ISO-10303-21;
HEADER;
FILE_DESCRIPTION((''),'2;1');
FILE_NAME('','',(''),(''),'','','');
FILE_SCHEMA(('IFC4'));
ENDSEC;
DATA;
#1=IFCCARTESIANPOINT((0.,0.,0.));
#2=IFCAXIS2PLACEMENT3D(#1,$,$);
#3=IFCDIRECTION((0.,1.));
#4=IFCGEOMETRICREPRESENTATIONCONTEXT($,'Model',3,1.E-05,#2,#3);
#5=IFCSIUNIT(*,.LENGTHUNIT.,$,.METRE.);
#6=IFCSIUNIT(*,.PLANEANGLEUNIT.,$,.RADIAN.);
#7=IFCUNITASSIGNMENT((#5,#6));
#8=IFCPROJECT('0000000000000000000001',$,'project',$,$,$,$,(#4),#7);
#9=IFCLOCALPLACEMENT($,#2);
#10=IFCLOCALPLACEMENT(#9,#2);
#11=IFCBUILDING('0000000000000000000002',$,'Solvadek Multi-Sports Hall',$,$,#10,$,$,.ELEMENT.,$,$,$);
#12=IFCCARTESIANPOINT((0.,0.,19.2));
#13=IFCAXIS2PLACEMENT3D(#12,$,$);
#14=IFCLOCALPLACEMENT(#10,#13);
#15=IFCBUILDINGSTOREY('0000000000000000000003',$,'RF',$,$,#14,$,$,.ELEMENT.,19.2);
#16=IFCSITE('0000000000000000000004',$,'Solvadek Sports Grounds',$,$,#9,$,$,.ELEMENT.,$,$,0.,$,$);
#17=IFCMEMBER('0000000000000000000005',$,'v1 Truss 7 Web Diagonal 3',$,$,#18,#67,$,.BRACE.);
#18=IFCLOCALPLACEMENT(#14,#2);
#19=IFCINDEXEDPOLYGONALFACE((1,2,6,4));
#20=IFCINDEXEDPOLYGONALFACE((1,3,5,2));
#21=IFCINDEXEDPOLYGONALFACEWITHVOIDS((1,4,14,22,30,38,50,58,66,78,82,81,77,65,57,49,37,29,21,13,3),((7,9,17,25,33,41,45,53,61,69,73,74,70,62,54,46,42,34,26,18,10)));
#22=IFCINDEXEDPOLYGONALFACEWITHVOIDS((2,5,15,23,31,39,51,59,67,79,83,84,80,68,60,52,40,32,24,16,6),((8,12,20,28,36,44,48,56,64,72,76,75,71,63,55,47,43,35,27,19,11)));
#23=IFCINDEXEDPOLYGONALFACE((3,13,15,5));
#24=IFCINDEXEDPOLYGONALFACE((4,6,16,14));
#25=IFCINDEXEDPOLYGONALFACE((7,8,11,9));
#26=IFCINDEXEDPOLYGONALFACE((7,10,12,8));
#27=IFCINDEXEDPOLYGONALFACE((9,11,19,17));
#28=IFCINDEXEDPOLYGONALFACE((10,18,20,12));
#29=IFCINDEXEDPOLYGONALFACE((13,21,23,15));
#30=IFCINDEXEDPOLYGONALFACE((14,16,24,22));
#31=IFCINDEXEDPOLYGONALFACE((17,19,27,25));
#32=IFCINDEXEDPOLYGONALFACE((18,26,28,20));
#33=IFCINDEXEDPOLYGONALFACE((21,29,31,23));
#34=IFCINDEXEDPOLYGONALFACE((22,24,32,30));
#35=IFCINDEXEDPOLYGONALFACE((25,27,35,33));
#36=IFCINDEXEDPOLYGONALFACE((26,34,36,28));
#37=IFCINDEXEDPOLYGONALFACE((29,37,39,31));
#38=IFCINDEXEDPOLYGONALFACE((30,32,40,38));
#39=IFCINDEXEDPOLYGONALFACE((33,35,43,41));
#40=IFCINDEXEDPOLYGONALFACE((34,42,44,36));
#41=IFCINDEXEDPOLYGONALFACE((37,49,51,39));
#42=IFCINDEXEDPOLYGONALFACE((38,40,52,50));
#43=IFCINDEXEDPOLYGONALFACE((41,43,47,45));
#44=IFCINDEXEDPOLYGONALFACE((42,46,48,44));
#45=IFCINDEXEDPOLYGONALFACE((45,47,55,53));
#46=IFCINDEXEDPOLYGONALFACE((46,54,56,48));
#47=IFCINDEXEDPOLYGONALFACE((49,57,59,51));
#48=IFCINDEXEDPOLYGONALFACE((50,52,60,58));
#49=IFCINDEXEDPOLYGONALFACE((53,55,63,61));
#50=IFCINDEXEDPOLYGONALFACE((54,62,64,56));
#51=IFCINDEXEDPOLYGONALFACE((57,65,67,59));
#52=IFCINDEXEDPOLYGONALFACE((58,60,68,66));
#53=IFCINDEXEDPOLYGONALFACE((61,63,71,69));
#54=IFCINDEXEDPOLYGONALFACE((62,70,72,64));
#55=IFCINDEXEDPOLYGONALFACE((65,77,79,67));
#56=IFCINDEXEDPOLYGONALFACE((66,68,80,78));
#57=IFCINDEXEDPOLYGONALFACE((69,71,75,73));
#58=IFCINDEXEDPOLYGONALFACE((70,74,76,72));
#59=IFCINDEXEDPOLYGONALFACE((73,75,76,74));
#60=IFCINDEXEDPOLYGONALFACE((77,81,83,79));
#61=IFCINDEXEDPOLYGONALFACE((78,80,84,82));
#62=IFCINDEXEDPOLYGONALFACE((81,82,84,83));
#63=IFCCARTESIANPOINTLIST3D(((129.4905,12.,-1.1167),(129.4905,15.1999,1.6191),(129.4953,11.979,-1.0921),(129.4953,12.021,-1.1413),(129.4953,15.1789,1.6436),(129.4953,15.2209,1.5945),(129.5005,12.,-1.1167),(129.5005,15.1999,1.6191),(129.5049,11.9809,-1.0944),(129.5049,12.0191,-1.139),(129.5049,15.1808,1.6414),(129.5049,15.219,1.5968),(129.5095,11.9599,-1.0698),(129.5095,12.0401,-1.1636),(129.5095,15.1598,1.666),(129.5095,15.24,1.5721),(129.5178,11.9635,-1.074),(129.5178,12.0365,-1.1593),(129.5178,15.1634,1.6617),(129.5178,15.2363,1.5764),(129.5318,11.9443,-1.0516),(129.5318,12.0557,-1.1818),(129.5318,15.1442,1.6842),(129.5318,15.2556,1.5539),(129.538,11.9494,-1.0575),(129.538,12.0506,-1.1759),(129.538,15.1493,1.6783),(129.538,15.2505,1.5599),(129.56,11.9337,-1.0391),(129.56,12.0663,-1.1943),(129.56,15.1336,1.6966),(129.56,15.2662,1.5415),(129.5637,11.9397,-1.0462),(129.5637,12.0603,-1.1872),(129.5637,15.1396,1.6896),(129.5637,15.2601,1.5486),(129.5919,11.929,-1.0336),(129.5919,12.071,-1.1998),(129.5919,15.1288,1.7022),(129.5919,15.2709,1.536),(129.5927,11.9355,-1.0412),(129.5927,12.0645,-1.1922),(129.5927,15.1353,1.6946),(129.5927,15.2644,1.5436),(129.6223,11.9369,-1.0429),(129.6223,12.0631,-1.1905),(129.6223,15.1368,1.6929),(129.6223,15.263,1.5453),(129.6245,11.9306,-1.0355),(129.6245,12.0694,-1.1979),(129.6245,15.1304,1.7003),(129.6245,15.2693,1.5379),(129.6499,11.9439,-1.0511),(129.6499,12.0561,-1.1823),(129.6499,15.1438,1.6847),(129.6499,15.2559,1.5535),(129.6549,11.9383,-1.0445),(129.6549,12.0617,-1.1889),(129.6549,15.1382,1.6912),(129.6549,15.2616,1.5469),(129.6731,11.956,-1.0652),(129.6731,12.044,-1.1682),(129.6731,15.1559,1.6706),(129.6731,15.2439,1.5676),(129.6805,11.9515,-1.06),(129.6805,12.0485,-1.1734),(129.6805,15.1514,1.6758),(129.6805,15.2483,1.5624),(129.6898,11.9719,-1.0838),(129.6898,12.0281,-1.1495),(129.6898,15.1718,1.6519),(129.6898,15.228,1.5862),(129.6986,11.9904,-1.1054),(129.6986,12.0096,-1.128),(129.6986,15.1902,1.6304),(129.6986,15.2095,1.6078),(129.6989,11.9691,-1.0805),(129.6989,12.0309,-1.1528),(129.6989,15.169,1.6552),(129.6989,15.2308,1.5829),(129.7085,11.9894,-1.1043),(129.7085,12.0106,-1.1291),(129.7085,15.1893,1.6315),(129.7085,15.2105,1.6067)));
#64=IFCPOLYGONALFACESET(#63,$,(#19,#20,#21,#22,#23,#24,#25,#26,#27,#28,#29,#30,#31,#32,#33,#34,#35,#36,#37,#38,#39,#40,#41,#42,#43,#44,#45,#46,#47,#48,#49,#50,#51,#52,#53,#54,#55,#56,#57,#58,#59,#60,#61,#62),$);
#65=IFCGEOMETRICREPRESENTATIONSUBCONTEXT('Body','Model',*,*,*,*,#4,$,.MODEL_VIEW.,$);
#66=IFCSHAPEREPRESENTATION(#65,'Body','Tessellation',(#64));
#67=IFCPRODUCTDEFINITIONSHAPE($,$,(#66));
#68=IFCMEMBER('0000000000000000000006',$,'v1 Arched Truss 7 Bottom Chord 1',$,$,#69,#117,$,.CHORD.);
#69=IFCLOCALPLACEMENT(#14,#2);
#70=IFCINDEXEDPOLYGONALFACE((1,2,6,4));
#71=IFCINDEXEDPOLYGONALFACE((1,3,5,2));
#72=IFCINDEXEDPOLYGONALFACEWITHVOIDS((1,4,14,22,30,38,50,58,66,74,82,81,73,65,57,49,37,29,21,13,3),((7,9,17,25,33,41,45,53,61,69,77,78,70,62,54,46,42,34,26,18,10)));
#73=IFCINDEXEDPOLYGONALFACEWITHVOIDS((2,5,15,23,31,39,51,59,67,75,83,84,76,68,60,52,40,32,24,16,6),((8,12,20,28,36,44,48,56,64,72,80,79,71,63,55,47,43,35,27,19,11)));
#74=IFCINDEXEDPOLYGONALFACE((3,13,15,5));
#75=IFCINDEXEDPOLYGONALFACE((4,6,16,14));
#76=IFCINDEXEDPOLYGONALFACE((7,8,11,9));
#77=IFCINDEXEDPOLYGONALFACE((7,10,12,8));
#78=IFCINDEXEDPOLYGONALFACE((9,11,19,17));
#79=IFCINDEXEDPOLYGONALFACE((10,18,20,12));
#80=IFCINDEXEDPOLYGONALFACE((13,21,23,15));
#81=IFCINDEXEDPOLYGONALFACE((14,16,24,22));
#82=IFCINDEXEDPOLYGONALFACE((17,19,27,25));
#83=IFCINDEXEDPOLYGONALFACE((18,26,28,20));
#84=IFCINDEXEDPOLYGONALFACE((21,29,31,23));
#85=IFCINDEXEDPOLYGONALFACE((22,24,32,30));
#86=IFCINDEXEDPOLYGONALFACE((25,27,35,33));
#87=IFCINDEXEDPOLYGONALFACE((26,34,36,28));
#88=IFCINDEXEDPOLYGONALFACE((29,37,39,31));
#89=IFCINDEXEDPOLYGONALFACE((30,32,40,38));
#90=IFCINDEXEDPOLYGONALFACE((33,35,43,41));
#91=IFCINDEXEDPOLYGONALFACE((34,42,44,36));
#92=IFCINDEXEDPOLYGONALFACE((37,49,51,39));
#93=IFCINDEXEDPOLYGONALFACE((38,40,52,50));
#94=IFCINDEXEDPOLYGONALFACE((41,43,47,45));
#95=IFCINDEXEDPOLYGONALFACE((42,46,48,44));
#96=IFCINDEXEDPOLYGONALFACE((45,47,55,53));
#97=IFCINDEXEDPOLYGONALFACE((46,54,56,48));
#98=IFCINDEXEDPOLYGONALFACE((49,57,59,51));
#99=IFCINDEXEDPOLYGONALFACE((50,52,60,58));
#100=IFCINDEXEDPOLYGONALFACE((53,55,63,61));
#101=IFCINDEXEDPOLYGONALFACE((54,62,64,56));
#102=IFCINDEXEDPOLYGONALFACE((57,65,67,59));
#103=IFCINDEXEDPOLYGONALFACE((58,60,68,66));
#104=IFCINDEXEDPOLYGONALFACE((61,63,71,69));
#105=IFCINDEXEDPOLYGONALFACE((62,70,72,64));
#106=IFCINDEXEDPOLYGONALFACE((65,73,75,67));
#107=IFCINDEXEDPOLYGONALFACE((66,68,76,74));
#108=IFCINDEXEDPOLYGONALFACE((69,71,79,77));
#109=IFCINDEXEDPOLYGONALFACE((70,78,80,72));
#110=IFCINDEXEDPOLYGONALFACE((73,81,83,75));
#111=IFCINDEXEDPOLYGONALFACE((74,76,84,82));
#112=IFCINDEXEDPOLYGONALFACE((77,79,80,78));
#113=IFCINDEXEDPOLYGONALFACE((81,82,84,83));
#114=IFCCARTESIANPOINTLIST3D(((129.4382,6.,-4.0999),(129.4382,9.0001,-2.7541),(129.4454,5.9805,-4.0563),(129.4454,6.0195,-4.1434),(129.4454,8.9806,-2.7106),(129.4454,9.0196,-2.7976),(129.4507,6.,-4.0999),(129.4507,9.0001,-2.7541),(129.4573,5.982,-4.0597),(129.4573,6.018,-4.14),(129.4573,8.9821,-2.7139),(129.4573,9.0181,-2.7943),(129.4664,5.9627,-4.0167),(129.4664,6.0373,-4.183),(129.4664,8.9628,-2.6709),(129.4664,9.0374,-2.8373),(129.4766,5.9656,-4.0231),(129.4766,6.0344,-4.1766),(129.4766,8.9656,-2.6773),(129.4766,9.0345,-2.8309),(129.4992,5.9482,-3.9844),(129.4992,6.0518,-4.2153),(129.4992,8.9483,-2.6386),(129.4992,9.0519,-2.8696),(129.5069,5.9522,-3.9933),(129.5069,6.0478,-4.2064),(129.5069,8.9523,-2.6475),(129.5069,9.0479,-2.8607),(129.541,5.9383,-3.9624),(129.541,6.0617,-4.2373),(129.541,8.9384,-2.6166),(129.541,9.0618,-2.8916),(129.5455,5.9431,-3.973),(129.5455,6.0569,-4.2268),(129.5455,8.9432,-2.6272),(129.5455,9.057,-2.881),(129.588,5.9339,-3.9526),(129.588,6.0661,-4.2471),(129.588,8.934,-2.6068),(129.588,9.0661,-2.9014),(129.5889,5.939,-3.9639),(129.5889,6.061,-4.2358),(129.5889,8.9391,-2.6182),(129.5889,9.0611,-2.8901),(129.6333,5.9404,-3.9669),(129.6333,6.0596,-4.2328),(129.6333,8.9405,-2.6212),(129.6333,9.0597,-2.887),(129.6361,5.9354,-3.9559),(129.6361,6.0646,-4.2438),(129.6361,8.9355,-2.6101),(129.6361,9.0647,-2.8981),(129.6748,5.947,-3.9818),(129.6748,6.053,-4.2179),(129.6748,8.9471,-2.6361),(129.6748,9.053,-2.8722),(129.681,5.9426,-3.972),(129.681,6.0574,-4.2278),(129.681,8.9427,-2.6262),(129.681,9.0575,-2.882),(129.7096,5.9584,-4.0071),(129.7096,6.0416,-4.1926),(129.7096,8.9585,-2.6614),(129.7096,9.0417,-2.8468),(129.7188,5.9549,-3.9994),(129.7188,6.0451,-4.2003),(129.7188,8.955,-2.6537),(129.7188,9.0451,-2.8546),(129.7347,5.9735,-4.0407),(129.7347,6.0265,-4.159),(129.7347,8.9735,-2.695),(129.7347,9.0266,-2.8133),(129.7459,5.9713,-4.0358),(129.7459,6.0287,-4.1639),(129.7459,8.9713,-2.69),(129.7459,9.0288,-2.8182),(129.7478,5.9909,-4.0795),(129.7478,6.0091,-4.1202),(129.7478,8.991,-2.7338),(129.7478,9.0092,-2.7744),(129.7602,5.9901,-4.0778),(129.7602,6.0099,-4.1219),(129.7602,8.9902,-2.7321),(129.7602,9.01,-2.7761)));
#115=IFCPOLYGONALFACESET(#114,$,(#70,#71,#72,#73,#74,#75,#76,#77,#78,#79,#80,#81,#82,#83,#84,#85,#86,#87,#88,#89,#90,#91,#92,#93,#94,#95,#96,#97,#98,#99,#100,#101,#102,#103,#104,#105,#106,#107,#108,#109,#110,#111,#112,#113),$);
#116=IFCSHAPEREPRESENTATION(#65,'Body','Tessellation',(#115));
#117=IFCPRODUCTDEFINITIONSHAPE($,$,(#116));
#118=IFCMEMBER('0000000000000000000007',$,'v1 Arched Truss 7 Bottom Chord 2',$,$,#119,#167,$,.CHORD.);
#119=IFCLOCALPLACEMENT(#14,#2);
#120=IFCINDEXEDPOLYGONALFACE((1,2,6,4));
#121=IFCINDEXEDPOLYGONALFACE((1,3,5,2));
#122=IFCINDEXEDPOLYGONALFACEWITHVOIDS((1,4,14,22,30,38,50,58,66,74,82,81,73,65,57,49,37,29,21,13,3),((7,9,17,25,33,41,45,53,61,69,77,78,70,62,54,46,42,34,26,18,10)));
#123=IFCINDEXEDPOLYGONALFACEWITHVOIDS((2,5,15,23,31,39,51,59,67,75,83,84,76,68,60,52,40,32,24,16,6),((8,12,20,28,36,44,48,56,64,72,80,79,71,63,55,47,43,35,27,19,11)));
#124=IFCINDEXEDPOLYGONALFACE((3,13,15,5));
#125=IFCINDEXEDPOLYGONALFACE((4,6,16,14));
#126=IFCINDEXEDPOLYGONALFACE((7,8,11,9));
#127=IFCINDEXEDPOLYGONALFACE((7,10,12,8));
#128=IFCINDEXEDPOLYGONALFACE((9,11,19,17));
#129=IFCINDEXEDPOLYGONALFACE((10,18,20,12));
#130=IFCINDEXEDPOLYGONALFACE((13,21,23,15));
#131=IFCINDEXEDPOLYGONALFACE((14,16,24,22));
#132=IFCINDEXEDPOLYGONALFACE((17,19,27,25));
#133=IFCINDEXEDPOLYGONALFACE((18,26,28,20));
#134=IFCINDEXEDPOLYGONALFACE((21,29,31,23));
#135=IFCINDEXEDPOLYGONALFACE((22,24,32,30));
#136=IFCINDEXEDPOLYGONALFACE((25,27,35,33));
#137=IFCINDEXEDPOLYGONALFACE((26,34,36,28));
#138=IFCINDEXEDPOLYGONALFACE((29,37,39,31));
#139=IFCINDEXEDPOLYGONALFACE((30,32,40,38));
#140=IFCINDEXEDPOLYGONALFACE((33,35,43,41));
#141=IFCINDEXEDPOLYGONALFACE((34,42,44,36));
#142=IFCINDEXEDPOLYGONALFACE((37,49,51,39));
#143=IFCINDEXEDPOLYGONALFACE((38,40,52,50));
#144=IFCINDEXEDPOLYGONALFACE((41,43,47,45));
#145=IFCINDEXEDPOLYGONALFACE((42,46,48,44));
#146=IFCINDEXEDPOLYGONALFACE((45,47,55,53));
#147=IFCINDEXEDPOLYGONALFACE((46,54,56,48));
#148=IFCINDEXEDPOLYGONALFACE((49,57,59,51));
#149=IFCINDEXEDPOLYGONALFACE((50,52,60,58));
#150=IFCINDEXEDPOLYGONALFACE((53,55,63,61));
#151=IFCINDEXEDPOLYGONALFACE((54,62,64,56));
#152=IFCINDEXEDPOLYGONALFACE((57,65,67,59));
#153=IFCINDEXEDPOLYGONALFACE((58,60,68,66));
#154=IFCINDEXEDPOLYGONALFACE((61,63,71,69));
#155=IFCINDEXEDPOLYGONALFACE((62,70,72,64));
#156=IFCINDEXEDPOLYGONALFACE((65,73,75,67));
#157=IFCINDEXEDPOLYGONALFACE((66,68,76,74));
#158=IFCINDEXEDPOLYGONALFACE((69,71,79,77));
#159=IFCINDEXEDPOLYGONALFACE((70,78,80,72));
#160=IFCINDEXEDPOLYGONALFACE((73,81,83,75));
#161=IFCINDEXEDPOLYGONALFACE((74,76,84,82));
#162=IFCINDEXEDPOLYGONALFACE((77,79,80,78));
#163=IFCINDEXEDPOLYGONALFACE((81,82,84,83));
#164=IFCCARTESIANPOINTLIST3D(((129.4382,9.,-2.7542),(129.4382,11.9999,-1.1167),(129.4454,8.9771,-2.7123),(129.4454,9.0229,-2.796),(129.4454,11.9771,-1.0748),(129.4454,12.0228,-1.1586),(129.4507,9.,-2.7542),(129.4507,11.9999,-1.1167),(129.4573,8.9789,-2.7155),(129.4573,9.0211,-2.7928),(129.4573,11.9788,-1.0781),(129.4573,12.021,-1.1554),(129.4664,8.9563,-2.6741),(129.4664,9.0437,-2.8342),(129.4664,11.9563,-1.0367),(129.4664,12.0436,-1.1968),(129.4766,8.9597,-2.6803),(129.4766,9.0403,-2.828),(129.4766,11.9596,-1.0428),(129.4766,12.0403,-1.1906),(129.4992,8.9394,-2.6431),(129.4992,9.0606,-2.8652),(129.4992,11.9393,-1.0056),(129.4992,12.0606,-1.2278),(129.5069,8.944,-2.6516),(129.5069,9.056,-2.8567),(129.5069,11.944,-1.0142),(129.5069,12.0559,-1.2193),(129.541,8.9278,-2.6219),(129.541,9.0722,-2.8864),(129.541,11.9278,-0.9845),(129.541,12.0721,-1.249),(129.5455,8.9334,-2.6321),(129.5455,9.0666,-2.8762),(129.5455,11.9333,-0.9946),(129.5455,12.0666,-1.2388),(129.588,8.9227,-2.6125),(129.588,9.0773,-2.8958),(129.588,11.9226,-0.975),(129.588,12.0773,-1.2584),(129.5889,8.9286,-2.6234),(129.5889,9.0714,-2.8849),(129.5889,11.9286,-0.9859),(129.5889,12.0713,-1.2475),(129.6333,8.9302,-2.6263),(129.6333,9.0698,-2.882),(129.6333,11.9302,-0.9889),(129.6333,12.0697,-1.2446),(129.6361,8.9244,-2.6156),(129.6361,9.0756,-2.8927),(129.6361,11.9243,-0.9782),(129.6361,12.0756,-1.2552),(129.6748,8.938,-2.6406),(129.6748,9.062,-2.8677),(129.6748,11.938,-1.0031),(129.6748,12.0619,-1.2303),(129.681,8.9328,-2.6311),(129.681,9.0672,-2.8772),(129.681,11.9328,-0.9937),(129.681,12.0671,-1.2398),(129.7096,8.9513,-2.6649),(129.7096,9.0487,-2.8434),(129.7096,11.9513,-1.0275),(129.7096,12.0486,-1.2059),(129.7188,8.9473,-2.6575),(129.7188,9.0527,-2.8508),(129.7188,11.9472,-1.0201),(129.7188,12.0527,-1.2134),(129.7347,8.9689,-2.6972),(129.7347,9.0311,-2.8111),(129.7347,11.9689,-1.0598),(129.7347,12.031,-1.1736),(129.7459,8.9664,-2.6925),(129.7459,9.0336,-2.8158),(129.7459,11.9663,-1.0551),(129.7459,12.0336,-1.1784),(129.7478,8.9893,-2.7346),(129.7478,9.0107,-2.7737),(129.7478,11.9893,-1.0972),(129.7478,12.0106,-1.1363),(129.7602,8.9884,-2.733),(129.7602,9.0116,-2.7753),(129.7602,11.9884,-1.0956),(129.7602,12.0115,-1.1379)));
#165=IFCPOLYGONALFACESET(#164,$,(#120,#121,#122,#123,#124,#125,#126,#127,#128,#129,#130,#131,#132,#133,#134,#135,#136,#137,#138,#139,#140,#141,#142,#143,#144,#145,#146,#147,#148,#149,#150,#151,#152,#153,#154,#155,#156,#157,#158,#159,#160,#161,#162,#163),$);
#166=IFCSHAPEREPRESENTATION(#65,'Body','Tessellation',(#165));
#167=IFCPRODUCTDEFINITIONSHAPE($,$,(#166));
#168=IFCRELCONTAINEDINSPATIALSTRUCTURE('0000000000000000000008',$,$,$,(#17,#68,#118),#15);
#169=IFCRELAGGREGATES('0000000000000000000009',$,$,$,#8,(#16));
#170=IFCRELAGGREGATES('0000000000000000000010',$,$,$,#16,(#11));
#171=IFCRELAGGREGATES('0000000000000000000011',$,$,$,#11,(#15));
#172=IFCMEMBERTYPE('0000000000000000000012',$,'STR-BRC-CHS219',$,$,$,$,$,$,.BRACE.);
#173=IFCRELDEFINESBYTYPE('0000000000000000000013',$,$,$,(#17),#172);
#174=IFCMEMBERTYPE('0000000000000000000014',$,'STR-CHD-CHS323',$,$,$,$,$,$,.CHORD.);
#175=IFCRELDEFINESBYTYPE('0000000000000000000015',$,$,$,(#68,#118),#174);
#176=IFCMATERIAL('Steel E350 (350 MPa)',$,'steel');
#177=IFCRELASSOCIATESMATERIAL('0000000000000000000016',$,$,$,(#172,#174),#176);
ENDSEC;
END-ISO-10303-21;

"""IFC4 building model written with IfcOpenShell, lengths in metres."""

from ifc_helpers import new_model, si_unit, direction, frame, origin, origin_2d, place, context, subcontext, project, spatial, hollow_circle, extrude, material, material_profile, profile_set, type_object, element, save


model = new_model("IFC4")

# Units and contexts
model_context = context("Model", 3, precision=1e-05, world=origin(), true_north=direction((0.0, 1.0)))
body_context = subcontext(model_context, "Body", "Model", "MODEL_VIEW")
ifc_project = project(units=[si_unit("LENGTHUNIT", "METRE"), si_unit("PLANEANGLEUNIT", "RADIAN")], contexts=[model_context])

# Site, building, storey
site_placement = place(None, origin())
site = spatial("IfcSite", under=ifc_project, at=site_placement, Name="Solvadek Sports Grounds", CompositionType="ELEMENT", RefElevation=0.0)
building_placement = place(site_placement, origin())
building = spatial("IfcBuilding", under=site, at=building_placement, Name="Solvadek Multi-Sports Hall", CompositionType="ELEMENT")
storey_placement = place(building_placement, frame((0.0, 0.0, 19.2)))
storey = spatial("IfcBuildingStorey", under=building, at=storey_placement, Name="RF", CompositionType="ELEMENT", Elevation=19.2)

# Shared definitions
ifc_material_1 = material(Name="Steel E350 (350 MPa)", Category="steel")

# Members
ifc_material_profile_1 = material_profile(ifc_material_1, hollow_circle(Radius=0.1096, WallThickness=0.01, at=origin_2d()), Name="CHS 219.1x10")
ifc_profile_set_1 = profile_set([ifc_material_profile_1], Name="Steel E350 (350 MPa)")
member_type_1 = type_object("IfcMemberType", Name="STR-BRC-CHS219", PredefinedType="BRACE", material=ifc_profile_set_1)
member_1_placement = place(storey_placement, frame((129.6001, 12.0, -1.1167), z_axis=(0.0, 0.760075, 0.649836), x_axis=(-1.0, 0.0, 0.0)))
element("IfcMember", 1, at=member_1_placement, inside=storey, type_object=member_type_1, Name="v1 Truss 7 Web Diagonal 3", PredefinedType="BRACE", context=body_context, shape_type="SweptSolid", body=[
    extrude(hollow_circle(Radius=0.1096, WallThickness=0.01, at=origin_2d()), origin(), (0.0, 0.0, 1.0), 4.21),
])
ifc_material_profile_2 = material_profile(ifc_material_1, hollow_circle(Radius=0.1619, WallThickness=0.0125, at=origin_2d()), Name="CHS 323.9x12.5")
ifc_profile_set_2 = profile_set([ifc_material_profile_2], Name="Steel E350 (350 MPa)")
member_type_2 = type_object("IfcMemberType", Name="STR-CHD-CHS323", PredefinedType="CHORD", material=ifc_profile_set_2)
member_2_placement = place(storey_placement, frame((129.6001, 6.0, -4.0999), z_axis=(0.0, 0.91241, 0.409278), x_axis=(-1.0, 0.0, 0.0)))
element("IfcMember", 2, at=member_2_placement, inside=storey, type_object=member_type_2, Name="v1 Arched Truss 7 Bottom Chord 1", PredefinedType="CHORD", context=body_context, shape_type="SweptSolid", body=[
    extrude(hollow_circle(Radius=0.1619, WallThickness=0.0125, at=origin_2d()), origin(), (0.0, 0.0, 1.0), 3.2881),
])
member_3_placement = place(storey_placement, frame((129.6001, 9.0, -2.7542), z_axis=(0.0, 0.877762, 0.479097), x_axis=(-1.0, 0.0, 0.0)))
element("IfcMember", 3, at=member_3_placement, inside=storey, type_object=member_type_2, Name="v1 Arched Truss 7 Bottom Chord 2", PredefinedType="CHORD", context=body_context, shape_type="SweptSolid", body=[
    extrude(hollow_circle(Radius=0.1619, WallThickness=0.0125, at=origin_2d()), origin(), (0.0, 0.0, 1.0), 3.4177),
])

save(model, "model.ifc")
